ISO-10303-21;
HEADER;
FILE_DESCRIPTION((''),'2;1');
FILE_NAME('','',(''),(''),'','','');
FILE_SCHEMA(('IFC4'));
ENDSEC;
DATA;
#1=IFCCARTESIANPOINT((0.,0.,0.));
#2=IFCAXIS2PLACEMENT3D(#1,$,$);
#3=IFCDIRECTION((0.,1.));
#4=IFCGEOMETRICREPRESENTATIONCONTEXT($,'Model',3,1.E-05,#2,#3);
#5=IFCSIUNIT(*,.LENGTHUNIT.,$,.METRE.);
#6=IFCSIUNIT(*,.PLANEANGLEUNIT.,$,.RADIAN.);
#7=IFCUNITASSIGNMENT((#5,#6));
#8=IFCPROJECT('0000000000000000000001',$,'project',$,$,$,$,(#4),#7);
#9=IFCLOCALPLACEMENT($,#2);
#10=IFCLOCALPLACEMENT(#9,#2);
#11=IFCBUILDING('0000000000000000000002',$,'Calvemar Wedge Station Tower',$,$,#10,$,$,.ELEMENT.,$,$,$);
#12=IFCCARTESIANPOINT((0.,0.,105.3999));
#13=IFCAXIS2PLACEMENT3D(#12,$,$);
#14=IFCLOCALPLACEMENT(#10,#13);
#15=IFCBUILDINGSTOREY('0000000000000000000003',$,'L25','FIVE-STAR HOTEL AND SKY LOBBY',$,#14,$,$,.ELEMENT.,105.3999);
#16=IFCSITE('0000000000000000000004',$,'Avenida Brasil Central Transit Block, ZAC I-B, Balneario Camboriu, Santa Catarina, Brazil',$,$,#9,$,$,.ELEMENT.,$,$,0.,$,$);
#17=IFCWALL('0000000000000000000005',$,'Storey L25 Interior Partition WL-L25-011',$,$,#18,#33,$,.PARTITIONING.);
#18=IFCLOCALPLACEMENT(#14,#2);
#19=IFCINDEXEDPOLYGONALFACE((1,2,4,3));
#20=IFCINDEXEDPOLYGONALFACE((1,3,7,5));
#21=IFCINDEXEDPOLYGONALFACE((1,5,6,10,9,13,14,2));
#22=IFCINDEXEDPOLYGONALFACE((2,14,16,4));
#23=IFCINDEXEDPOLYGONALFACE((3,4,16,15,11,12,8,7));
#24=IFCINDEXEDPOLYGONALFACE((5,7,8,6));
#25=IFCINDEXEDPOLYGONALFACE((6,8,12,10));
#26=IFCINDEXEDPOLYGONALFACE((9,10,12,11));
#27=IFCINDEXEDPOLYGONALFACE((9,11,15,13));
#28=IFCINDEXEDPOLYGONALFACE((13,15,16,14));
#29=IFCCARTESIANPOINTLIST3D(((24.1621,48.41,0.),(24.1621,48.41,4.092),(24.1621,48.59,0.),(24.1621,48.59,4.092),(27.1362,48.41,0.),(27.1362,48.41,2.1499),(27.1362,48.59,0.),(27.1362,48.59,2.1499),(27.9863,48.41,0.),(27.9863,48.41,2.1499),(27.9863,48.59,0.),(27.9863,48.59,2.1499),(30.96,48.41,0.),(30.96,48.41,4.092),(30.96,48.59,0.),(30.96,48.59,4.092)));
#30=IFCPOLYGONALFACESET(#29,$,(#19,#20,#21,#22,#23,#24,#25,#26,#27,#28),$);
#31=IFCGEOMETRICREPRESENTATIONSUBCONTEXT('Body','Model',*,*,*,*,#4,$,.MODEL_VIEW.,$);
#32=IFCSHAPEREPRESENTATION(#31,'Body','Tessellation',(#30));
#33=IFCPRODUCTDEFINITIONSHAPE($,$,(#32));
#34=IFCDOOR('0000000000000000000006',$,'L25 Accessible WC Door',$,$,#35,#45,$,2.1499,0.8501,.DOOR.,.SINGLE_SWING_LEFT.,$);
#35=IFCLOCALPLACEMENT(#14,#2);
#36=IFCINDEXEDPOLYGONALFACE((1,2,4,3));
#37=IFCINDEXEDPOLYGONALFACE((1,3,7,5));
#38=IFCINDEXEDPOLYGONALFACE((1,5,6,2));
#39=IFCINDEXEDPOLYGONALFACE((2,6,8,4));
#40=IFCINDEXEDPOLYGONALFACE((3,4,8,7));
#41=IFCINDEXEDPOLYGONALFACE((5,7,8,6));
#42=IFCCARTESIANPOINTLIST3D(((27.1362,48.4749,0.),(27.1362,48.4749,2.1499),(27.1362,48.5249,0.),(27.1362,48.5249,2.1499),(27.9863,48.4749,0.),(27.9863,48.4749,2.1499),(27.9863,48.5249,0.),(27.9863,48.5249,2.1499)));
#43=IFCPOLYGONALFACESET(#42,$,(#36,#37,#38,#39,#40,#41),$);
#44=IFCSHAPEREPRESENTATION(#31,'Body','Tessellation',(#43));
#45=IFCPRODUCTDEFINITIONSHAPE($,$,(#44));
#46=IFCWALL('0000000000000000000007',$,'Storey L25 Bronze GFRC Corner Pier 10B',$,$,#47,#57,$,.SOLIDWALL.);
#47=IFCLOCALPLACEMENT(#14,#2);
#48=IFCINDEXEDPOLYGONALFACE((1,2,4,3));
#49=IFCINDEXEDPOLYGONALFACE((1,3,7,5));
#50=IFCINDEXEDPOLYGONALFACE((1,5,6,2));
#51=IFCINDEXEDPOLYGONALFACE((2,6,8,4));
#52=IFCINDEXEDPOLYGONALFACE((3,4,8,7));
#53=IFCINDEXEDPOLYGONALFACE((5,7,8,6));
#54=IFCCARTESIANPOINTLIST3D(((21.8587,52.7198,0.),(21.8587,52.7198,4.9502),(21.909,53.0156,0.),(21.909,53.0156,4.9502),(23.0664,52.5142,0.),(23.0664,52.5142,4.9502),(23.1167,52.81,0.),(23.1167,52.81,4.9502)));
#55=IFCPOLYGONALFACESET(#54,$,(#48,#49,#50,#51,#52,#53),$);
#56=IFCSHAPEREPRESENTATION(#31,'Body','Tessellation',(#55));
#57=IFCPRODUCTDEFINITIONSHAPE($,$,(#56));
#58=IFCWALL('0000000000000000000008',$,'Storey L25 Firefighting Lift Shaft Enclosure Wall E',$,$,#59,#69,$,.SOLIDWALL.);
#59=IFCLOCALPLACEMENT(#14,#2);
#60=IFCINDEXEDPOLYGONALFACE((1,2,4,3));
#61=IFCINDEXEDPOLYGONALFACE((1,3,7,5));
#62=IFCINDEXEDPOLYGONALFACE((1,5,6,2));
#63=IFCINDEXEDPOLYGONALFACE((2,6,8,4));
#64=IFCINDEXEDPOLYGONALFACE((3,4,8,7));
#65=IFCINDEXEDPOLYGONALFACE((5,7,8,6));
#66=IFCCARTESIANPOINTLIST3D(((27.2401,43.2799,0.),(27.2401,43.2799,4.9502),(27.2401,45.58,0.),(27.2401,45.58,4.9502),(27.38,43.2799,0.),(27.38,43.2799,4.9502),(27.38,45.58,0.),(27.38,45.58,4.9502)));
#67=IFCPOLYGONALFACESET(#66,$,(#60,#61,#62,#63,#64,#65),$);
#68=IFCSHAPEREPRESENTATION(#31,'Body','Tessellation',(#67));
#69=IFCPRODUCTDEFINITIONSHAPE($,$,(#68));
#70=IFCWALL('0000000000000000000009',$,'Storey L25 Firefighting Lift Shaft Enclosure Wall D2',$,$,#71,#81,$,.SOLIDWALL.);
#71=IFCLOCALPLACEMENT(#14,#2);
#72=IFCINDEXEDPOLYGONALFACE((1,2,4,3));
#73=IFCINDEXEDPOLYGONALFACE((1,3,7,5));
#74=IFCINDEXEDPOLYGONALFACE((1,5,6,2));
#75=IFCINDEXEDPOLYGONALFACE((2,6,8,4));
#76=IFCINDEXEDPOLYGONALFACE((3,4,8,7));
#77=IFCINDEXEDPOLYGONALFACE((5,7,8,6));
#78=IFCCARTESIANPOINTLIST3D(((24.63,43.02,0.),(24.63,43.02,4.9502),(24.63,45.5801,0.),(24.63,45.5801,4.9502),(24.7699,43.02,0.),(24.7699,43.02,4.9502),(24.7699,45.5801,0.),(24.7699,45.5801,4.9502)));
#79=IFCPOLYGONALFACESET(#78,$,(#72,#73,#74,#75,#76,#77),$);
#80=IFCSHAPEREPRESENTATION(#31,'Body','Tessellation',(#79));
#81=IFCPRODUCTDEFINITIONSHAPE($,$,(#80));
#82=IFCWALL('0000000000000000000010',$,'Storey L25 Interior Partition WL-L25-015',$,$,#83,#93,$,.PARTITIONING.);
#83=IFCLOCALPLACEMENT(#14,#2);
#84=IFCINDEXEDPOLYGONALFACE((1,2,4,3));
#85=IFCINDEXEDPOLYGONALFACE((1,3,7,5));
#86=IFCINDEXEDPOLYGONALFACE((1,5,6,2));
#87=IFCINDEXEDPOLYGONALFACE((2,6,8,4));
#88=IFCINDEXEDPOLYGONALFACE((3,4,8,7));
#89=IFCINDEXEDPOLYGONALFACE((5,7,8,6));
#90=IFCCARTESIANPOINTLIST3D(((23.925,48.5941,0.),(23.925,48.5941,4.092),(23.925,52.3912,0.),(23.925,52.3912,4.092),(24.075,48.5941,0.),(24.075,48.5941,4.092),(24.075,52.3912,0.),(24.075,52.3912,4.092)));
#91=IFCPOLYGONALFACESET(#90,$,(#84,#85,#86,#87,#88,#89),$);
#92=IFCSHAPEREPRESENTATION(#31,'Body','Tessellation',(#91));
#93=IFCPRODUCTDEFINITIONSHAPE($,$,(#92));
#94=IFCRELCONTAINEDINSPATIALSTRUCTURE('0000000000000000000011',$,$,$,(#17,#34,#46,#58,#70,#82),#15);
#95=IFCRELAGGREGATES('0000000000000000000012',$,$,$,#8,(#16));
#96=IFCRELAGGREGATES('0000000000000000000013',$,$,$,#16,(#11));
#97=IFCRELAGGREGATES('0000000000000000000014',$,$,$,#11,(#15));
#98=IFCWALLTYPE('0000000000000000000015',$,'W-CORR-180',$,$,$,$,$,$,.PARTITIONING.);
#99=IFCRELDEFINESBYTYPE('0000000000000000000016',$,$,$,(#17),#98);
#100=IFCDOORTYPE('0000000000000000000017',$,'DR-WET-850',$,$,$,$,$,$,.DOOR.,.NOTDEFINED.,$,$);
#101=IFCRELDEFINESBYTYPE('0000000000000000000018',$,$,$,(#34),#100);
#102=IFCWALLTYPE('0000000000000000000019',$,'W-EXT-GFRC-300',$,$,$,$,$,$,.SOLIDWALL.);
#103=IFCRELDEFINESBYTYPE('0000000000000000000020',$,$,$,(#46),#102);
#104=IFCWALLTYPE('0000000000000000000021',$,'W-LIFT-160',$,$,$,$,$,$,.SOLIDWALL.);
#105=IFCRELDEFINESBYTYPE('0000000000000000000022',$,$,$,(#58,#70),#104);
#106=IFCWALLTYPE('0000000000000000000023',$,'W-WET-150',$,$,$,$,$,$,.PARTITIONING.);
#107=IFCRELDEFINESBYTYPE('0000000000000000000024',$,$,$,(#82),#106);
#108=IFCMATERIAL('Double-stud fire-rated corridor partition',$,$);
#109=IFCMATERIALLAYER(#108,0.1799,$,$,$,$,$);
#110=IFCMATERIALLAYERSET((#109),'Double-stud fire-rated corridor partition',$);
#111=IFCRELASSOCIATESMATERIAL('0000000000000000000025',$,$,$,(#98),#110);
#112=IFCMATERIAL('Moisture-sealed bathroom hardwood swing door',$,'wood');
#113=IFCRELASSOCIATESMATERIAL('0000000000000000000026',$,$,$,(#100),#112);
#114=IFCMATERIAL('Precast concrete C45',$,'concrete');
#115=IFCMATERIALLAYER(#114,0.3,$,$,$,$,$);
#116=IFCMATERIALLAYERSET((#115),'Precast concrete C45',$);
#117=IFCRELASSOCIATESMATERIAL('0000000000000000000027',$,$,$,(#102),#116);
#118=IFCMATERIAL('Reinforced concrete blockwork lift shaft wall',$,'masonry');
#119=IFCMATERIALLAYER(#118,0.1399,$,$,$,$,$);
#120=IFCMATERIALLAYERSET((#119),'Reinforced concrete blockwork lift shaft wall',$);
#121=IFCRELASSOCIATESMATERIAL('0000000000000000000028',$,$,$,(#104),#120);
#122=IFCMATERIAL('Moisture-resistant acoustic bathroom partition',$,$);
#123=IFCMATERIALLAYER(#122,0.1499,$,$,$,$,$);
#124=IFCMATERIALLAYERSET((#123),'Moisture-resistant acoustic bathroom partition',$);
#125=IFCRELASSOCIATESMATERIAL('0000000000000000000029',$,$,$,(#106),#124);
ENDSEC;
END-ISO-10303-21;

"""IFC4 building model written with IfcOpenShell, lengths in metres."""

from ifc_helpers import new_model, si_unit, direction, frame, frame_2d, origin, place, context, subcontext, project, spatial, rectangle, extrude, source, transform, mapped, material, layer, layer_set, type_object, element, fill, save


model = new_model("IFC4")

# Units and contexts
model_context = context("Model", 3, precision=1e-05, world=origin(), true_north=direction((0.0, 1.0)))
body_context = subcontext(model_context, "Body", "Model", "MODEL_VIEW")
ifc_project = project(units=[si_unit("LENGTHUNIT", "METRE"), si_unit("PLANEANGLEUNIT", "RADIAN")], contexts=[model_context])

# Site, building, storey
site_placement = place(None, origin())
site = spatial("IfcSite", under=ifc_project, at=site_placement, Name="Avenida Brasil Central Transit Block, ZAC I-B, Balneario Camboriu, Santa Catarina, Brazil", CompositionType="ELEMENT", RefElevation=0.0)
building_placement = place(site_placement, origin())
building = spatial("IfcBuilding", under=site, at=building_placement, Name="Calvemar Wedge Station Tower", CompositionType="ELEMENT")
storey_placement = place(building_placement, frame((0.0, 0.0, 105.3999)))
storey = spatial("IfcBuildingStorey", under=building, at=storey_placement, Name="L25", Description="FIVE-STAR HOTEL AND SKY LOBBY", CompositionType="ELEMENT", Elevation=105.3999)

# Wall, opening, door
ifc_material_1 = material(Name="Double-stud fire-rated corridor partition")
ifc_layer_1 = layer(ifc_material_1, 0.1799)
ifc_layer_set_1 = layer_set([ifc_layer_1], Name="Double-stud fire-rated corridor partition")
wall_type_1 = type_object("IfcWallType", Name="W-CORR-180", PredefinedType="PARTITIONING", material=ifc_layer_set_1)
wall_1_placement = place(storey_placement, frame((24.1621, 48.5, 0.0), z_axis=(0.0, 0.0, 1.0), x_axis=(1.0, 0.0, 0.0)))
wall_1 = element("IfcWall", 1, at=wall_1_placement, inside=storey, type_object=wall_type_1, Name="Storey L25 Interior Partition WL-L25-011", PredefinedType="PARTITIONING", context=body_context, shape_type="SweptSolid", body=[
    extrude(rectangle(XDim=6.7979, YDim=0.1799, at=frame_2d((3.3989, 0.0))), origin(), (0.0, 0.0, 1.0), 4.092),
])
shared_shape_1 = source(origin(), body_context, "Body", "SweptSolid", [
    extrude(rectangle(XDim=0.8501, YDim=2.1499, at=frame_2d((0.425, 1.075))), frame((0.0, 0.1001, 0.0), z_axis=(0.0, -1.0, 0.0), x_axis=(1.0, 0.0, 0.0)), (0.0, 0.0, 1.0), 0.2),
])
opening_placement = place(wall_1_placement, frame((2.9741, 0.0, 0.0)))
opening = element("IfcOpeningElement", 2, at=opening_placement, cuts=wall_1, PredefinedType="OPENING", context=body_context, shape_type="MappedRepresentation", body=[
    mapped(shared_shape_1, transform((0.0, 0.0, 0.0), scale=1.0)),
])
ifc_material_2 = material(Name="Moisture-sealed bathroom hardwood swing door", Category="wood")
door_type = type_object("IfcDoorType", Name="DR-WET-850", OperationType="NOTDEFINED", PredefinedType="DOOR", material=ifc_material_2)
shared_shape_2 = source(origin(), body_context, "Body", "SweptSolid", [
    extrude(rectangle(XDim=0.8501, YDim=2.1499, at=frame_2d((0.425, 1.075))), frame((0.0, 0.0249, 0.0), z_axis=(0.0, -1.0, 0.0), x_axis=(1.0, 0.0, 0.0)), (0.0, 0.0, 1.0), 0.05),
])
door_placement = place(opening_placement, origin())
door = element("IfcDoor", 3, at=door_placement, inside=storey, type_object=door_type, Name="L25 Accessible WC Door", OperationType="SINGLE_SWING_LEFT", OverallHeight=2.1499, OverallWidth=0.8501, PredefinedType="DOOR", context=body_context, shape_type="MappedRepresentation", body=[
    mapped(shared_shape_2, transform((0.0, 0.0, 0.0), scale=1.0)),
])
fill(opening, door)

# Walls
ifc_material_3 = material(Name="Precast concrete C45", Category="concrete")
ifc_layer_2 = layer(ifc_material_3, 0.3)
ifc_layer_set_2 = layer_set([ifc_layer_2], Name="Precast concrete C45")
wall_type_2 = type_object("IfcWallType", Name="W-EXT-GFRC-300", PredefinedType="SOLIDWALL", material=ifc_layer_set_2)
wall_2_placement = place(storey_placement, frame((23.0916, 52.6621, 0.0), z_axis=(0.0, 0.0, 1.0), x_axis=(-0.985823, 0.167791, 0.0)))
element("IfcWall", 4, at=wall_2_placement, inside=storey, type_object=wall_type_2, Name="Storey L25 Bronze GFRC Corner Pier 10B", PredefinedType="SOLIDWALL", context=body_context, shape_type="SweptSolid", body=[
    extrude(rectangle(XDim=1.2251, YDim=0.3, at=frame_2d((0.6125, 0.0))), origin(), (0.0, 0.0, 1.0), 4.9502),
])
ifc_material_4 = material(Name="Reinforced concrete blockwork lift shaft wall", Category="masonry")
ifc_layer_3 = layer(ifc_material_4, 0.1399)
ifc_layer_set_3 = layer_set([ifc_layer_3], Name="Reinforced concrete blockwork lift shaft wall")
wall_type_3 = type_object("IfcWallType", Name="W-LIFT-160", PredefinedType="SOLIDWALL", material=ifc_layer_set_3)
wall_3_placement = place(storey_placement, frame((27.3101, 43.28, 0.0), z_axis=(0.0, 0.0, 1.0), x_axis=(0.0, 1.0, 0.0)))
element("IfcWall", 5, at=wall_3_placement, inside=storey, type_object=wall_type_3, Name="Storey L25 Firefighting Lift Shaft Enclosure Wall E", PredefinedType="SOLIDWALL", context=body_context, shape_type="SweptSolid", body=[
    extrude(rectangle(XDim=2.3, YDim=0.1399, at=frame_2d((1.1499, 0.0))), origin(), (0.0, 0.0, 1.0), 4.9502),
])
wall_4_placement = place(storey_placement, frame((24.7, 43.02, 0.0), z_axis=(0.0, 0.0, 1.0), x_axis=(0.0, 1.0, 0.0)))
element("IfcWall", 6, at=wall_4_placement, inside=storey, type_object=wall_type_3, Name="Storey L25 Firefighting Lift Shaft Enclosure Wall D2", PredefinedType="SOLIDWALL", context=body_context, shape_type="SweptSolid", body=[
    extrude(rectangle(XDim=2.5601, YDim=0.1399, at=frame_2d((1.28, 0.0))), origin(), (0.0, 0.0, 1.0), 4.9502),
])
ifc_material_5 = material(Name="Moisture-resistant acoustic bathroom partition")
ifc_layer_4 = layer(ifc_material_5, 0.1499)
ifc_layer_set_4 = layer_set([ifc_layer_4], Name="Moisture-resistant acoustic bathroom partition")
wall_type_4 = type_object("IfcWallType", Name="W-WET-150", PredefinedType="PARTITIONING", material=ifc_layer_set_4)
wall_5_placement = place(storey_placement, frame((24.0, 52.3911, 0.0), z_axis=(0.0, 0.0, 1.0), x_axis=(0.0, -1.0, 0.0)))
element("IfcWall", 7, at=wall_5_placement, inside=storey, type_object=wall_type_4, Name="Storey L25 Interior Partition WL-L25-015", PredefinedType="PARTITIONING", context=body_context, shape_type="SweptSolid", body=[
    extrude(rectangle(XDim=3.7971, YDim=0.1499, at=frame_2d((1.8984, 0.0))), origin(), (0.0, 0.0, 1.0), 4.092),
])

save(model, "model.ifc")
